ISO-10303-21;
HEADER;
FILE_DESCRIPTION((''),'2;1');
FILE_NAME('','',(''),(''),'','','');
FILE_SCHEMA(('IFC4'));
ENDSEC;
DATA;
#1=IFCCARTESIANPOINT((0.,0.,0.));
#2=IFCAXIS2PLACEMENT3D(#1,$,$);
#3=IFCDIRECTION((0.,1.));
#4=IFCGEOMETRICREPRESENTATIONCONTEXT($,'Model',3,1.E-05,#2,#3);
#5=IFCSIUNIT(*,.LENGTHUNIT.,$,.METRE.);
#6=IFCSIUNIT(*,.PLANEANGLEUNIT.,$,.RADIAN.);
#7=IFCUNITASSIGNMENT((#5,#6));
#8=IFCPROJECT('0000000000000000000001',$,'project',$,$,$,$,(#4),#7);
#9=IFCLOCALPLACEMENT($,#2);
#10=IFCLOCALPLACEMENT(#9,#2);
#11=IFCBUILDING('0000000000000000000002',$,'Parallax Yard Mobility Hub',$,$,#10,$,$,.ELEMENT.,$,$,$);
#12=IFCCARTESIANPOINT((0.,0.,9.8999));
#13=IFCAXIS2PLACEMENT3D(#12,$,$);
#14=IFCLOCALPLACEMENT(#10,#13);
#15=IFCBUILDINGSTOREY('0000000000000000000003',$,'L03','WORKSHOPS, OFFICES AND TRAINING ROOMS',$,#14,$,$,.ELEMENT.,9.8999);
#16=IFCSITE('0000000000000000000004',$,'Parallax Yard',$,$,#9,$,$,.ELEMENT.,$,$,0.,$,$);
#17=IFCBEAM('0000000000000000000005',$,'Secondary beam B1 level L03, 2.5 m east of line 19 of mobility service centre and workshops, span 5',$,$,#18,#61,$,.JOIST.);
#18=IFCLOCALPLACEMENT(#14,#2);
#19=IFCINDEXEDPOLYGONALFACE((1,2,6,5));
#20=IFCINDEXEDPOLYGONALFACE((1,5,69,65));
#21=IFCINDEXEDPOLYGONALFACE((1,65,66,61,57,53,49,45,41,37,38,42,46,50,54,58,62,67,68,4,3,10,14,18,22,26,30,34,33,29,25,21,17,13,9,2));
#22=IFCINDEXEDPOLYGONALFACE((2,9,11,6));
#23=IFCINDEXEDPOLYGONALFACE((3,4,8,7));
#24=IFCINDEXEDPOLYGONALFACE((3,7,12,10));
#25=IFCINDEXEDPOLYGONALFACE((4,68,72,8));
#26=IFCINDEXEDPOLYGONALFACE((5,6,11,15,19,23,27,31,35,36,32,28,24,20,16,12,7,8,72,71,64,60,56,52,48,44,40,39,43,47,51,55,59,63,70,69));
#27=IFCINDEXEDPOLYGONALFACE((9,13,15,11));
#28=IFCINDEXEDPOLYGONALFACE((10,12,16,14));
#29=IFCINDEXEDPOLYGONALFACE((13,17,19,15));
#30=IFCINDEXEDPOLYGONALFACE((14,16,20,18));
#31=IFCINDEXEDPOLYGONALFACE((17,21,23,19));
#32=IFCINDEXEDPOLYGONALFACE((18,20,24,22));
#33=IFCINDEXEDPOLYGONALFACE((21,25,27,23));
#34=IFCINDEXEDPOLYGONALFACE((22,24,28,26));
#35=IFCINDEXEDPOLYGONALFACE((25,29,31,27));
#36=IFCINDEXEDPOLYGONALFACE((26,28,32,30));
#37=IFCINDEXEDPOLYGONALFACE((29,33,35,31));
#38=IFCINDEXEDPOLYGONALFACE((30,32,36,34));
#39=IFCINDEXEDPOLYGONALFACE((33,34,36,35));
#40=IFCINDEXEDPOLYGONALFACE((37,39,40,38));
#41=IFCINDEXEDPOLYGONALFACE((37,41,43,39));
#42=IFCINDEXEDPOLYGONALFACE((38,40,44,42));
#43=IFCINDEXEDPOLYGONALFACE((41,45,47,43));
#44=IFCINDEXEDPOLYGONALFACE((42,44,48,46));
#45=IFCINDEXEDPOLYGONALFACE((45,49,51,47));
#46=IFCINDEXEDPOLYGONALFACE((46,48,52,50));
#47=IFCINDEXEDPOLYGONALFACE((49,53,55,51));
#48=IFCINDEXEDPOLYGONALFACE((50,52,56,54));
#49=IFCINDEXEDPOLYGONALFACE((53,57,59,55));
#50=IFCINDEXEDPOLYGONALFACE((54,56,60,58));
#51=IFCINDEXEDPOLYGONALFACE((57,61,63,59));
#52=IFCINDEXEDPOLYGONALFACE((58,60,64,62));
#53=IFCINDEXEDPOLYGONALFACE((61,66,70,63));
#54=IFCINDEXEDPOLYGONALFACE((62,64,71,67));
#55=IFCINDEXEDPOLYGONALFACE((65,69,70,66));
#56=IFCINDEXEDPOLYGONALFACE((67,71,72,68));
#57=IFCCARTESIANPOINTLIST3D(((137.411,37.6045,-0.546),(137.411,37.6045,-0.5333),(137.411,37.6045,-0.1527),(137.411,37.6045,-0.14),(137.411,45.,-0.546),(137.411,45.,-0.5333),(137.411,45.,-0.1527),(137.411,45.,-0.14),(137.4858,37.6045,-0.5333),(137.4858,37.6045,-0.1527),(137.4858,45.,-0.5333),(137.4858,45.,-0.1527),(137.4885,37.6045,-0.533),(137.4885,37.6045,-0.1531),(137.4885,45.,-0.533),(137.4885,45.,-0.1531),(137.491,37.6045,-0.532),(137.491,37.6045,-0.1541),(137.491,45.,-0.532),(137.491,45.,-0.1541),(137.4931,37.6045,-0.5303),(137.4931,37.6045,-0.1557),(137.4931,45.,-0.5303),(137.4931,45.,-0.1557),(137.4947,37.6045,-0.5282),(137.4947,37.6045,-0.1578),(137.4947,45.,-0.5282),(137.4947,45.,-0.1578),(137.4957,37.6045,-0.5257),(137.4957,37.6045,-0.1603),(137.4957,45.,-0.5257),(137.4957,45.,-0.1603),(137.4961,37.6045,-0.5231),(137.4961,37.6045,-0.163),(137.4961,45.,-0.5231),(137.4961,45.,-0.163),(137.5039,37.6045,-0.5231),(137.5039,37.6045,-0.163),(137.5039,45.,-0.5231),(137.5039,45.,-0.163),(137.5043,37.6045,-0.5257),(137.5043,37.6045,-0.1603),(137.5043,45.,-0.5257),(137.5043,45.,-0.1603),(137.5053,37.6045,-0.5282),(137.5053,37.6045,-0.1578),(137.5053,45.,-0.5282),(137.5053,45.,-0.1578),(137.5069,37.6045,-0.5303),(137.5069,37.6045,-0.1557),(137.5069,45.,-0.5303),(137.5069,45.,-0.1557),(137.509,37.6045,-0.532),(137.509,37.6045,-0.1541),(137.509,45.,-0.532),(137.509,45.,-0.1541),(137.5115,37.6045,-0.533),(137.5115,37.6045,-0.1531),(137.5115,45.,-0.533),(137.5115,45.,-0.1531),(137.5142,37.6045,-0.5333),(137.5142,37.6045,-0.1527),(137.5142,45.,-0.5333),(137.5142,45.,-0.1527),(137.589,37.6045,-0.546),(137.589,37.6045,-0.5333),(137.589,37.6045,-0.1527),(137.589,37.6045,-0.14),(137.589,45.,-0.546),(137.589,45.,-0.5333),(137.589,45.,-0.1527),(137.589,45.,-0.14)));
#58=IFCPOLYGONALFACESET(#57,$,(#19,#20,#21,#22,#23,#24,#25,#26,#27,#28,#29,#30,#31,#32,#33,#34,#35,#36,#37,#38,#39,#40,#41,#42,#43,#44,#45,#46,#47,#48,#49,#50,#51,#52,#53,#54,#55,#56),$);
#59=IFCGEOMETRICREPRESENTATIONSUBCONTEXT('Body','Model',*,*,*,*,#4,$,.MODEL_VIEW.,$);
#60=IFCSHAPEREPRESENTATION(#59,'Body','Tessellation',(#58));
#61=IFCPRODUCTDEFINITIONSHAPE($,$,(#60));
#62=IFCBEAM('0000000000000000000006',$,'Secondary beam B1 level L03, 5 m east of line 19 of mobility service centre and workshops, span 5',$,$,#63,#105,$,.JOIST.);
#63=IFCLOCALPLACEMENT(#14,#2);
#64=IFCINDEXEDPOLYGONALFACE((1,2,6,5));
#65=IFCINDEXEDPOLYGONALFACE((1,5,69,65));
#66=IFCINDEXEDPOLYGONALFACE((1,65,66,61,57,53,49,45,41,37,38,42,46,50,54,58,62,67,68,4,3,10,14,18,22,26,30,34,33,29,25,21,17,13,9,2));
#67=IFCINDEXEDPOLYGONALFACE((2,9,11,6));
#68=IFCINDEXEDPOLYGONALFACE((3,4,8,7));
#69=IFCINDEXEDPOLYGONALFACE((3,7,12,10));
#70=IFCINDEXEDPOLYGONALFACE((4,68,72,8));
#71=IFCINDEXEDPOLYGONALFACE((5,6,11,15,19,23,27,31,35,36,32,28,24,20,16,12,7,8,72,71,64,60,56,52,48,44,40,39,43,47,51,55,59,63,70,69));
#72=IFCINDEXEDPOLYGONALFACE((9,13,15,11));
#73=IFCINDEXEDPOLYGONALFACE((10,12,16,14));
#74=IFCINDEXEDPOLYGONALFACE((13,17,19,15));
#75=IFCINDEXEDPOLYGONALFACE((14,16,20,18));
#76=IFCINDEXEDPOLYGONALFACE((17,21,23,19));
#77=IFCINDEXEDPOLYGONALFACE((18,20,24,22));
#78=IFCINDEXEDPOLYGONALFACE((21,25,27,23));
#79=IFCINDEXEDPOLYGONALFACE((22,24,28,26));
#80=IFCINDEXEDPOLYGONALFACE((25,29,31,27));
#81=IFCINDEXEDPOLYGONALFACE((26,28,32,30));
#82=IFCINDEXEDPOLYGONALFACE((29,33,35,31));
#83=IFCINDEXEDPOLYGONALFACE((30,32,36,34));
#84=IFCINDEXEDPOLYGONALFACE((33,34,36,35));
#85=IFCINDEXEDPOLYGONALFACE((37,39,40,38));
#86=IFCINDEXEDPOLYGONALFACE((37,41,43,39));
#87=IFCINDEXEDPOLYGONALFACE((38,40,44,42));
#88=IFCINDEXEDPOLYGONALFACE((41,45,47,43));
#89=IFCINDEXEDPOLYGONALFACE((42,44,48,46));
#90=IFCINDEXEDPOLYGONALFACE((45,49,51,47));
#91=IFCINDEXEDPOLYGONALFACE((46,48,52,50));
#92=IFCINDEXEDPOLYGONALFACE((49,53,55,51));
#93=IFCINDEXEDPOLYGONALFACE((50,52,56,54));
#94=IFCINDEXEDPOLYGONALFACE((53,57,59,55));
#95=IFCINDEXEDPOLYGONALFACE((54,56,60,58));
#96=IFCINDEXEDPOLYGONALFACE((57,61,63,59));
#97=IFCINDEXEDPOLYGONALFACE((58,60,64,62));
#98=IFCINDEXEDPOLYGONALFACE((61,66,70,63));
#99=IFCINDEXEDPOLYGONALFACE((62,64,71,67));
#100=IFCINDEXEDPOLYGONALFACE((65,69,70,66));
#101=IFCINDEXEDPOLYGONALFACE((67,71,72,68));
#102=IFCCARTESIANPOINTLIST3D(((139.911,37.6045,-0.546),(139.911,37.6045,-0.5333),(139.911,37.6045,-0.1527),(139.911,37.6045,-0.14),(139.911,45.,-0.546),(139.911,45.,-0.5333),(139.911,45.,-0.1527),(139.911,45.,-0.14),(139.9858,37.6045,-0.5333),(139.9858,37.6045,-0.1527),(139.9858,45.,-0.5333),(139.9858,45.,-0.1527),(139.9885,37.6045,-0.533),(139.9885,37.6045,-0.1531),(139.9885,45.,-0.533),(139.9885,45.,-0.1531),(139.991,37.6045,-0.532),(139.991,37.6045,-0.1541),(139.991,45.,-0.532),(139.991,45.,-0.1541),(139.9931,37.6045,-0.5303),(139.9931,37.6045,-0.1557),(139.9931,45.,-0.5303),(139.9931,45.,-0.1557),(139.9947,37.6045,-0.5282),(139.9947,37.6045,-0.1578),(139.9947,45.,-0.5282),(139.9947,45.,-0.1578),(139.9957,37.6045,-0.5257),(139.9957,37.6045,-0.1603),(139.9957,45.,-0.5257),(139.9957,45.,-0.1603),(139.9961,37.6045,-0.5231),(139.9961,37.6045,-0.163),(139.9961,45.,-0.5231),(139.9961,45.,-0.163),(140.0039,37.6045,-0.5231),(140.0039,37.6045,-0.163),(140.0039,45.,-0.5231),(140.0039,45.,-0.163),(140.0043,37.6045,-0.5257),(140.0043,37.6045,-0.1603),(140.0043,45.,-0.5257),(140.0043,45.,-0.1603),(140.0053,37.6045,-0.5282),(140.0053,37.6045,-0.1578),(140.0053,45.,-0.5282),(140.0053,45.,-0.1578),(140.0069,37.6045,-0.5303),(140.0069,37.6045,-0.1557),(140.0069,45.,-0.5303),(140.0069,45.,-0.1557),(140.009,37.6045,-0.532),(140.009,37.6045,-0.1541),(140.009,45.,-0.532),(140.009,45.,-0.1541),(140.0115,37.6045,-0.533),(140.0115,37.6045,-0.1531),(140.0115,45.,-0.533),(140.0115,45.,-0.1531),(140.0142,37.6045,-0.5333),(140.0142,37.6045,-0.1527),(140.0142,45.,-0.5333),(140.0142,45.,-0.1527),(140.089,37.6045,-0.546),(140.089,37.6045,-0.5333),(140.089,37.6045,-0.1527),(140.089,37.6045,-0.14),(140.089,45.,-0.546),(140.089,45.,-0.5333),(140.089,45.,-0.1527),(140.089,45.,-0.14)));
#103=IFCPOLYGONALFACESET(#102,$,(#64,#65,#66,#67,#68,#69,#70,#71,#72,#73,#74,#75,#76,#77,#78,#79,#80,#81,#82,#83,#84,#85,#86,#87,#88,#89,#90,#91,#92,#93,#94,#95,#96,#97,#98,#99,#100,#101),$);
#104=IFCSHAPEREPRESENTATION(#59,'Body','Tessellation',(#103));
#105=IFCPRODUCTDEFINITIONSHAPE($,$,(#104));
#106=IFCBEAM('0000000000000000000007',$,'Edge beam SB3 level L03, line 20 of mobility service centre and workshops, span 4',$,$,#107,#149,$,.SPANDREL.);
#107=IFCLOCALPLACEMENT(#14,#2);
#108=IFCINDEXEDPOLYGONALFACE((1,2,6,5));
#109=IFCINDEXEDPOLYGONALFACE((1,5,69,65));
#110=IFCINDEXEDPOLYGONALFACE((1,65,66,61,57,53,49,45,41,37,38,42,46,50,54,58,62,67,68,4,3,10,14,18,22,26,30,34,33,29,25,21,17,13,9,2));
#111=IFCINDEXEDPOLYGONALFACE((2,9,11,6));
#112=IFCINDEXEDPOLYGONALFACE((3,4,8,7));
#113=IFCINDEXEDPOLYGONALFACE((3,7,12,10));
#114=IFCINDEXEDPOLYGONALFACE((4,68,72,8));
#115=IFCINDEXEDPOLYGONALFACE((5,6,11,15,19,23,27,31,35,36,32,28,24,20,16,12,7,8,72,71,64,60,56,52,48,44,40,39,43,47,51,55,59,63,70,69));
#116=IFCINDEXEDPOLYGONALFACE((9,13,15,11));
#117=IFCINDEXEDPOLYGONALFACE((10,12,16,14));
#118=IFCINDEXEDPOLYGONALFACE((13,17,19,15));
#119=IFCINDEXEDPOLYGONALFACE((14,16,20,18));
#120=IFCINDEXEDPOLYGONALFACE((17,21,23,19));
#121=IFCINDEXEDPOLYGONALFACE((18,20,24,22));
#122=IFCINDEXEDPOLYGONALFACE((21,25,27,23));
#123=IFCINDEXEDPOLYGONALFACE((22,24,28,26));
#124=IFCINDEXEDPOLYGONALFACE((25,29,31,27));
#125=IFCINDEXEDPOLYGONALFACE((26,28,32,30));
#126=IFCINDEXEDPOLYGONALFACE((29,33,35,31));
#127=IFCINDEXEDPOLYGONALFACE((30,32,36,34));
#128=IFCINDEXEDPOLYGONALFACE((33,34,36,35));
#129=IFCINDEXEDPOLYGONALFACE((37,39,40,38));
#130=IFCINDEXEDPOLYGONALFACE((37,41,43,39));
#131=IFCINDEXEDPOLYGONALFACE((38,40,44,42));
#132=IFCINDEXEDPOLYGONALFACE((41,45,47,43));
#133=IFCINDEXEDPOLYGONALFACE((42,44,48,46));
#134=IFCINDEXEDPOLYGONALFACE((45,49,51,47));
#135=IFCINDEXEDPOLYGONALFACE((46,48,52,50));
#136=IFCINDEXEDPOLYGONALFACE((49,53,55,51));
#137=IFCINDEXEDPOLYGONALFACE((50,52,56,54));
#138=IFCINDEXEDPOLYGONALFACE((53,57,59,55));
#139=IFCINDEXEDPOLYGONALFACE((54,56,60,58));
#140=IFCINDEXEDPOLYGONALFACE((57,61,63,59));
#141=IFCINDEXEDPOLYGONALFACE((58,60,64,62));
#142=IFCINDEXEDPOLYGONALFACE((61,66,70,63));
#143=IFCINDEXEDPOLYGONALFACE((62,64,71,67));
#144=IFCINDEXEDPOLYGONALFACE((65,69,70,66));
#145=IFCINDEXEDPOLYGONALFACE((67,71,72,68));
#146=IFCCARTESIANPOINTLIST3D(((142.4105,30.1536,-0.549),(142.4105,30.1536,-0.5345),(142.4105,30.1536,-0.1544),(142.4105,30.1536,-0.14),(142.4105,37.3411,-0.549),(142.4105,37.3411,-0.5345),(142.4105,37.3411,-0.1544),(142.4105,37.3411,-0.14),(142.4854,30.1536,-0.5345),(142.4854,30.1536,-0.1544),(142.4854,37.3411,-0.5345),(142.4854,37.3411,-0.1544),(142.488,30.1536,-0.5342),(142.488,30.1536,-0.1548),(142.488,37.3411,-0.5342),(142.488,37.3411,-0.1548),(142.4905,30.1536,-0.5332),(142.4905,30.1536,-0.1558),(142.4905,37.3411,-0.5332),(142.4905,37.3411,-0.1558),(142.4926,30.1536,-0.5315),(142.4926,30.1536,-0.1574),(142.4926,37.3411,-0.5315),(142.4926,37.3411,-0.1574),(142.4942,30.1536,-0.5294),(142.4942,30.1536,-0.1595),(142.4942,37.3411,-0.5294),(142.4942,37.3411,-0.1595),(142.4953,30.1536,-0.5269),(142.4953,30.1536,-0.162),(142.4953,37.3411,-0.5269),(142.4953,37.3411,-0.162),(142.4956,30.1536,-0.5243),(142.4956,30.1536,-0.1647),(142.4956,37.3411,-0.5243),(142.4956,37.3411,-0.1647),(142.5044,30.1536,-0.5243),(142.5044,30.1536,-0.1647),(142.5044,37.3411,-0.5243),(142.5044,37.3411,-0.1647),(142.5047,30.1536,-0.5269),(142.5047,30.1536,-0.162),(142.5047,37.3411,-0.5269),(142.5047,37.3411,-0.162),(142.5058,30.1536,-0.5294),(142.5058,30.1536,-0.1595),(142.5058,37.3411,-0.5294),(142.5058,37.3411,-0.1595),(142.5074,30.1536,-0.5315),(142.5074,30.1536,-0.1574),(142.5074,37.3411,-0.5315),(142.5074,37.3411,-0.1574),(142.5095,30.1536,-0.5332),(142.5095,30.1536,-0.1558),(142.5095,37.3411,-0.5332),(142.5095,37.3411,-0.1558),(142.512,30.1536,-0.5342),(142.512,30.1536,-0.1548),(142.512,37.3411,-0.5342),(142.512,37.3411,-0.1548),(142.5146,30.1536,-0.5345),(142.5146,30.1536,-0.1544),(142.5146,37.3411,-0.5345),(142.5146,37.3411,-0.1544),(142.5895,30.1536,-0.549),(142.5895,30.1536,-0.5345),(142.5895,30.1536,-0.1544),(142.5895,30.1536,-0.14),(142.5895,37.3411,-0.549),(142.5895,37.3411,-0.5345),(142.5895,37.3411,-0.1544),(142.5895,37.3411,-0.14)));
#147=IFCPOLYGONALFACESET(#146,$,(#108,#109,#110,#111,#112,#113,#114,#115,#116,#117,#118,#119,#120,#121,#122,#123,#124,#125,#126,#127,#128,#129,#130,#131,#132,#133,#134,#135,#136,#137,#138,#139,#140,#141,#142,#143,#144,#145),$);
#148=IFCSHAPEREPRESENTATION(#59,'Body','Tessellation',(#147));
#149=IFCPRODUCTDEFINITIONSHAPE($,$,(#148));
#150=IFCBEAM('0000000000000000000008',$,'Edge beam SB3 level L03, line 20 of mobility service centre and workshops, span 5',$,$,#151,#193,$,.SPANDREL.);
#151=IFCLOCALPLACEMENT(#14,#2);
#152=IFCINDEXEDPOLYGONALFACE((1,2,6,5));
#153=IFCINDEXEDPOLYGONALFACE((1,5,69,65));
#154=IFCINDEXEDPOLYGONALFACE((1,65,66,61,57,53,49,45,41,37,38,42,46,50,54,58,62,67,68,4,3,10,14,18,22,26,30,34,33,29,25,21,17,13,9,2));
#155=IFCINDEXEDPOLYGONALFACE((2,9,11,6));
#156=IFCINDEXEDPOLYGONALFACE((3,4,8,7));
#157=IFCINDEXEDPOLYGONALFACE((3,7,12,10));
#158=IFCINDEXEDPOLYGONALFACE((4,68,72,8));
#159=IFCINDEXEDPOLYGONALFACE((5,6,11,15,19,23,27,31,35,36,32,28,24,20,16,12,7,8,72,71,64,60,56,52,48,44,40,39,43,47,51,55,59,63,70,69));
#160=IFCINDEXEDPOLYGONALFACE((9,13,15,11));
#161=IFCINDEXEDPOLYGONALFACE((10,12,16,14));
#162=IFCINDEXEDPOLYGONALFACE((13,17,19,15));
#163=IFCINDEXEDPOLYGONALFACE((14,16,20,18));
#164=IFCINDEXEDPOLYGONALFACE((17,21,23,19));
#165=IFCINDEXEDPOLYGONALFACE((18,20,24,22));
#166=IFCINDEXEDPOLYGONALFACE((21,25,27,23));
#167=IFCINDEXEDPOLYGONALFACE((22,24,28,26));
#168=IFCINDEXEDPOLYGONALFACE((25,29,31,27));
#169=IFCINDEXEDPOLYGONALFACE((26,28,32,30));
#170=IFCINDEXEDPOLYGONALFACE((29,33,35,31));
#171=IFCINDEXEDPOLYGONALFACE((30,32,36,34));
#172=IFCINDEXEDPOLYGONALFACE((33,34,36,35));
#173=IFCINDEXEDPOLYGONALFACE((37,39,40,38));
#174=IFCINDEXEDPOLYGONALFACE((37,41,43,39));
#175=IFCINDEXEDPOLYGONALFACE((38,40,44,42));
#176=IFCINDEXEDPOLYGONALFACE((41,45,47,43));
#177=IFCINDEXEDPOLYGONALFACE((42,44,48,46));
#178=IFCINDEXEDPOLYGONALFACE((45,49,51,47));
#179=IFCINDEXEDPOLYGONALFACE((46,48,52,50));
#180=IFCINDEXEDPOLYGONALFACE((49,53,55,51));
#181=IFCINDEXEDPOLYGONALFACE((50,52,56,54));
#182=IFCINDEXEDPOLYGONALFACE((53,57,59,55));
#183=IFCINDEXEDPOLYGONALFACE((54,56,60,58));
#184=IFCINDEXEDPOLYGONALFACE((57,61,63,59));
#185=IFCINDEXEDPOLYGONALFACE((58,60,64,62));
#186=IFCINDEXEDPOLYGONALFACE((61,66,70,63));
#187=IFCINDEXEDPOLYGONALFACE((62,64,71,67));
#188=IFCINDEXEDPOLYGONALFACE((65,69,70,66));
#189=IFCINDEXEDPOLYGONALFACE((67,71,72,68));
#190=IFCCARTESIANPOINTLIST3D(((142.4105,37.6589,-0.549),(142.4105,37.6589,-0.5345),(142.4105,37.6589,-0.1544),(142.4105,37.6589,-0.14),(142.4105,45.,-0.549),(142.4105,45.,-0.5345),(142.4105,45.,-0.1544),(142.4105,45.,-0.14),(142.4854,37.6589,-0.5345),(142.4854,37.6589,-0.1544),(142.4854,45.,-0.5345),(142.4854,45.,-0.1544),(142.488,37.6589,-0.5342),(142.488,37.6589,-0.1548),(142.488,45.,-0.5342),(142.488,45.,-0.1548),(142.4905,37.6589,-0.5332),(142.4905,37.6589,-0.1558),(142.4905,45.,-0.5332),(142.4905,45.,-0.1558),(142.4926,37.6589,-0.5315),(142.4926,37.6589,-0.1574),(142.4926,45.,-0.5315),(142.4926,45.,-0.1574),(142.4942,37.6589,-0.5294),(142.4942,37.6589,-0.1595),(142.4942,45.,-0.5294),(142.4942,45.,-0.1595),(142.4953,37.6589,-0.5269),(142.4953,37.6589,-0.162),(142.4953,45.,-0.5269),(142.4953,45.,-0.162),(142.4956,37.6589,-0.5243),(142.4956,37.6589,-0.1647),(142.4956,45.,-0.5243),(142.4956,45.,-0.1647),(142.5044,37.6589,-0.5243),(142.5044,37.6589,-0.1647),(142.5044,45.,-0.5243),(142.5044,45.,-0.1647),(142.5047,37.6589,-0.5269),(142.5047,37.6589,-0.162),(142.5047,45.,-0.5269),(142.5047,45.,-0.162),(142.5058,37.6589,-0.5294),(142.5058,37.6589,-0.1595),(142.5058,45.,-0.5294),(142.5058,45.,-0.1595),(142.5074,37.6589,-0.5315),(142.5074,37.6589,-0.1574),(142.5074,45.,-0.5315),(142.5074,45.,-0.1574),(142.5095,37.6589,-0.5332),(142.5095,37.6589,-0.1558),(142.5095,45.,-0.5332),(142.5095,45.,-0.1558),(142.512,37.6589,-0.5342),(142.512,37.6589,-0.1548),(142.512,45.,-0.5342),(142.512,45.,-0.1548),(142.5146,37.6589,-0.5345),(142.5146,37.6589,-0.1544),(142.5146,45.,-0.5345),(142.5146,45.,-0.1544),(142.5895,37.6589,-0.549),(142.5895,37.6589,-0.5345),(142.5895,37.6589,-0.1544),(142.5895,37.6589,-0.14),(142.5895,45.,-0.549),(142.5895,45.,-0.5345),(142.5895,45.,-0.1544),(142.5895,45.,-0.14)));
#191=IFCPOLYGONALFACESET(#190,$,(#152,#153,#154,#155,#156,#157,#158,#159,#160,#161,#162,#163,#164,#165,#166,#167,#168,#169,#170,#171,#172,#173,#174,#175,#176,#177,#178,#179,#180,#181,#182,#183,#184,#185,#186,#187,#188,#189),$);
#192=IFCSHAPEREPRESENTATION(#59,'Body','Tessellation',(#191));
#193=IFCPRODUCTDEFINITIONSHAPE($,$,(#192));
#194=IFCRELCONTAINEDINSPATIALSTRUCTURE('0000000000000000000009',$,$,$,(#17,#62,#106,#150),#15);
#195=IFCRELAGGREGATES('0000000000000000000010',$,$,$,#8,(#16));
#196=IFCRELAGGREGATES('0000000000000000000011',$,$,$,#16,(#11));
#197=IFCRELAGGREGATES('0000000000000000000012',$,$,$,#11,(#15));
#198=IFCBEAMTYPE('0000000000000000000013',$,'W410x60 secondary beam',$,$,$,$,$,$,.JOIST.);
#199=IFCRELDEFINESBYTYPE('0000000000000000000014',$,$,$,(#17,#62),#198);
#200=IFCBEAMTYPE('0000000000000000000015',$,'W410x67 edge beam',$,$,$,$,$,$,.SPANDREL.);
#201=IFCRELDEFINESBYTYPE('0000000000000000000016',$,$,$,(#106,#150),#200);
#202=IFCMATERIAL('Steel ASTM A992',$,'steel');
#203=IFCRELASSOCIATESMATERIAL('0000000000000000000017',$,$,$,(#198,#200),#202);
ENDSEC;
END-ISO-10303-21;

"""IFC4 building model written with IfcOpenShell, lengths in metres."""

from ifc_helpers import new_model, si_unit, direction, frame, origin, origin_2d, place, context, subcontext, project, spatial, i_section, extrude, material, material_profile, profile_set, type_object, element, save


model = new_model("IFC4")

# Units and contexts
model_context = context("Model", 3, precision=1e-05, world=origin(), true_north=direction((0.0, 1.0)))
body_context = subcontext(model_context, "Body", "Model", "MODEL_VIEW")
ifc_project = project(units=[si_unit("LENGTHUNIT", "METRE"), si_unit("PLANEANGLEUNIT", "RADIAN")], contexts=[model_context])

# Site, building, storey
site_placement = place(None, origin())
site = spatial("IfcSite", under=ifc_project, at=site_placement, Name="Parallax Yard", CompositionType="ELEMENT", RefElevation=0.0)
building_placement = place(site_placement, origin())
building = spatial("IfcBuilding", under=site, at=building_placement, Name="Parallax Yard Mobility Hub", CompositionType="ELEMENT")
storey_placement = place(building_placement, frame((0.0, 0.0, 9.8999)))
storey = spatial("IfcBuildingStorey", under=building, at=storey_placement, Name="L03", Description="WORKSHOPS, OFFICES AND TRAINING ROOMS", CompositionType="ELEMENT", Elevation=9.8999)

# Shared definitions
ifc_material_1 = material(Name="Steel ASTM A992", Category="steel")

# Beams
ifc_material_profile_1 = material_profile(ifc_material_1, i_section(OverallWidth=0.178, OverallDepth=0.406, WebThickness=0.0078, FlangeThickness=0.0127, FilletRadius=0.0103, at=origin_2d()), Name="W410x60")
ifc_profile_set_1 = profile_set([ifc_material_profile_1], Name="Steel ASTM A992")
beam_type_1 = type_object("IfcBeamType", Name="W410x60 secondary beam", PredefinedType="JOIST", material=ifc_profile_set_1)
for number, where, z_axis, x_axis, name in (
    (1, (137.5, 37.6045, -0.343), (0.0, 1.0, 0.0), (-1.0, 0.0, 0.0), "Secondary beam B1 level L03, 2.5 m east of line 19 of mobility service centre and workshops, span 5"),
    (2, (140.0, 37.6045, -0.343), (0.0, 1.0, 0.0), (-1.0, 0.0, 0.0), "Secondary beam B1 level L03, 5 m east of line 19 of mobility service centre and workshops, span 5"),
):
    element("IfcBeam", number, at=place(storey_placement, frame(where, z_axis=z_axis, x_axis=x_axis)), inside=storey, type_object=beam_type_1, Name=name, PredefinedType="JOIST", context=body_context, shape_type="SweptSolid", body=[
        extrude(i_section(OverallWidth=0.178, OverallDepth=0.406, WebThickness=0.0078, FlangeThickness=0.0127, FilletRadius=0.0103, at=origin_2d()), origin(), (0.0, 0.0, 1.0), 7.3955),
    ])
ifc_material_profile_2 = material_profile(ifc_material_1, i_section(OverallWidth=0.179, OverallDepth=0.4089, WebThickness=0.0088, FlangeThickness=0.0144, FilletRadius=0.0103, at=origin_2d()), Name="W410x67")
ifc_profile_set_2 = profile_set([ifc_material_profile_2], Name="Steel ASTM A992")
beam_type_2 = type_object("IfcBeamType", Name="W410x67 edge beam", PredefinedType="SPANDREL", material=ifc_profile_set_2)
beam_1_placement = place(storey_placement, frame((142.5, 30.1536, -0.3445), z_axis=(0.0, 1.0, 0.0), x_axis=(-1.0, 0.0, 0.0)))
element("IfcBeam", 3, at=beam_1_placement, inside=storey, type_object=beam_type_2, Name="Edge beam SB3 level L03, line 20 of mobility service centre and workshops, span 4", PredefinedType="SPANDREL", context=body_context, shape_type="SweptSolid", body=[
    extrude(i_section(OverallWidth=0.179, OverallDepth=0.4089, WebThickness=0.0088, FlangeThickness=0.0144, FilletRadius=0.0103, at=origin_2d()), origin(), (0.0, 0.0, 1.0), 7.1875),
])
beam_2_placement = place(storey_placement, frame((142.5, 37.6589, -0.3445), z_axis=(0.0, 1.0, 0.0), x_axis=(-1.0, 0.0, 0.0)))
element("IfcBeam", 4, at=beam_2_placement, inside=storey, type_object=beam_type_2, Name="Edge beam SB3 level L03, line 20 of mobility service centre and workshops, span 5", PredefinedType="SPANDREL", context=body_context, shape_type="SweptSolid", body=[
    extrude(i_section(OverallWidth=0.179, OverallDepth=0.4089, WebThickness=0.0088, FlangeThickness=0.0144, FilletRadius=0.0103, at=origin_2d()), origin(), (0.0, 0.0, 1.0), 7.3411),
])

save(model, "model.ifc")
